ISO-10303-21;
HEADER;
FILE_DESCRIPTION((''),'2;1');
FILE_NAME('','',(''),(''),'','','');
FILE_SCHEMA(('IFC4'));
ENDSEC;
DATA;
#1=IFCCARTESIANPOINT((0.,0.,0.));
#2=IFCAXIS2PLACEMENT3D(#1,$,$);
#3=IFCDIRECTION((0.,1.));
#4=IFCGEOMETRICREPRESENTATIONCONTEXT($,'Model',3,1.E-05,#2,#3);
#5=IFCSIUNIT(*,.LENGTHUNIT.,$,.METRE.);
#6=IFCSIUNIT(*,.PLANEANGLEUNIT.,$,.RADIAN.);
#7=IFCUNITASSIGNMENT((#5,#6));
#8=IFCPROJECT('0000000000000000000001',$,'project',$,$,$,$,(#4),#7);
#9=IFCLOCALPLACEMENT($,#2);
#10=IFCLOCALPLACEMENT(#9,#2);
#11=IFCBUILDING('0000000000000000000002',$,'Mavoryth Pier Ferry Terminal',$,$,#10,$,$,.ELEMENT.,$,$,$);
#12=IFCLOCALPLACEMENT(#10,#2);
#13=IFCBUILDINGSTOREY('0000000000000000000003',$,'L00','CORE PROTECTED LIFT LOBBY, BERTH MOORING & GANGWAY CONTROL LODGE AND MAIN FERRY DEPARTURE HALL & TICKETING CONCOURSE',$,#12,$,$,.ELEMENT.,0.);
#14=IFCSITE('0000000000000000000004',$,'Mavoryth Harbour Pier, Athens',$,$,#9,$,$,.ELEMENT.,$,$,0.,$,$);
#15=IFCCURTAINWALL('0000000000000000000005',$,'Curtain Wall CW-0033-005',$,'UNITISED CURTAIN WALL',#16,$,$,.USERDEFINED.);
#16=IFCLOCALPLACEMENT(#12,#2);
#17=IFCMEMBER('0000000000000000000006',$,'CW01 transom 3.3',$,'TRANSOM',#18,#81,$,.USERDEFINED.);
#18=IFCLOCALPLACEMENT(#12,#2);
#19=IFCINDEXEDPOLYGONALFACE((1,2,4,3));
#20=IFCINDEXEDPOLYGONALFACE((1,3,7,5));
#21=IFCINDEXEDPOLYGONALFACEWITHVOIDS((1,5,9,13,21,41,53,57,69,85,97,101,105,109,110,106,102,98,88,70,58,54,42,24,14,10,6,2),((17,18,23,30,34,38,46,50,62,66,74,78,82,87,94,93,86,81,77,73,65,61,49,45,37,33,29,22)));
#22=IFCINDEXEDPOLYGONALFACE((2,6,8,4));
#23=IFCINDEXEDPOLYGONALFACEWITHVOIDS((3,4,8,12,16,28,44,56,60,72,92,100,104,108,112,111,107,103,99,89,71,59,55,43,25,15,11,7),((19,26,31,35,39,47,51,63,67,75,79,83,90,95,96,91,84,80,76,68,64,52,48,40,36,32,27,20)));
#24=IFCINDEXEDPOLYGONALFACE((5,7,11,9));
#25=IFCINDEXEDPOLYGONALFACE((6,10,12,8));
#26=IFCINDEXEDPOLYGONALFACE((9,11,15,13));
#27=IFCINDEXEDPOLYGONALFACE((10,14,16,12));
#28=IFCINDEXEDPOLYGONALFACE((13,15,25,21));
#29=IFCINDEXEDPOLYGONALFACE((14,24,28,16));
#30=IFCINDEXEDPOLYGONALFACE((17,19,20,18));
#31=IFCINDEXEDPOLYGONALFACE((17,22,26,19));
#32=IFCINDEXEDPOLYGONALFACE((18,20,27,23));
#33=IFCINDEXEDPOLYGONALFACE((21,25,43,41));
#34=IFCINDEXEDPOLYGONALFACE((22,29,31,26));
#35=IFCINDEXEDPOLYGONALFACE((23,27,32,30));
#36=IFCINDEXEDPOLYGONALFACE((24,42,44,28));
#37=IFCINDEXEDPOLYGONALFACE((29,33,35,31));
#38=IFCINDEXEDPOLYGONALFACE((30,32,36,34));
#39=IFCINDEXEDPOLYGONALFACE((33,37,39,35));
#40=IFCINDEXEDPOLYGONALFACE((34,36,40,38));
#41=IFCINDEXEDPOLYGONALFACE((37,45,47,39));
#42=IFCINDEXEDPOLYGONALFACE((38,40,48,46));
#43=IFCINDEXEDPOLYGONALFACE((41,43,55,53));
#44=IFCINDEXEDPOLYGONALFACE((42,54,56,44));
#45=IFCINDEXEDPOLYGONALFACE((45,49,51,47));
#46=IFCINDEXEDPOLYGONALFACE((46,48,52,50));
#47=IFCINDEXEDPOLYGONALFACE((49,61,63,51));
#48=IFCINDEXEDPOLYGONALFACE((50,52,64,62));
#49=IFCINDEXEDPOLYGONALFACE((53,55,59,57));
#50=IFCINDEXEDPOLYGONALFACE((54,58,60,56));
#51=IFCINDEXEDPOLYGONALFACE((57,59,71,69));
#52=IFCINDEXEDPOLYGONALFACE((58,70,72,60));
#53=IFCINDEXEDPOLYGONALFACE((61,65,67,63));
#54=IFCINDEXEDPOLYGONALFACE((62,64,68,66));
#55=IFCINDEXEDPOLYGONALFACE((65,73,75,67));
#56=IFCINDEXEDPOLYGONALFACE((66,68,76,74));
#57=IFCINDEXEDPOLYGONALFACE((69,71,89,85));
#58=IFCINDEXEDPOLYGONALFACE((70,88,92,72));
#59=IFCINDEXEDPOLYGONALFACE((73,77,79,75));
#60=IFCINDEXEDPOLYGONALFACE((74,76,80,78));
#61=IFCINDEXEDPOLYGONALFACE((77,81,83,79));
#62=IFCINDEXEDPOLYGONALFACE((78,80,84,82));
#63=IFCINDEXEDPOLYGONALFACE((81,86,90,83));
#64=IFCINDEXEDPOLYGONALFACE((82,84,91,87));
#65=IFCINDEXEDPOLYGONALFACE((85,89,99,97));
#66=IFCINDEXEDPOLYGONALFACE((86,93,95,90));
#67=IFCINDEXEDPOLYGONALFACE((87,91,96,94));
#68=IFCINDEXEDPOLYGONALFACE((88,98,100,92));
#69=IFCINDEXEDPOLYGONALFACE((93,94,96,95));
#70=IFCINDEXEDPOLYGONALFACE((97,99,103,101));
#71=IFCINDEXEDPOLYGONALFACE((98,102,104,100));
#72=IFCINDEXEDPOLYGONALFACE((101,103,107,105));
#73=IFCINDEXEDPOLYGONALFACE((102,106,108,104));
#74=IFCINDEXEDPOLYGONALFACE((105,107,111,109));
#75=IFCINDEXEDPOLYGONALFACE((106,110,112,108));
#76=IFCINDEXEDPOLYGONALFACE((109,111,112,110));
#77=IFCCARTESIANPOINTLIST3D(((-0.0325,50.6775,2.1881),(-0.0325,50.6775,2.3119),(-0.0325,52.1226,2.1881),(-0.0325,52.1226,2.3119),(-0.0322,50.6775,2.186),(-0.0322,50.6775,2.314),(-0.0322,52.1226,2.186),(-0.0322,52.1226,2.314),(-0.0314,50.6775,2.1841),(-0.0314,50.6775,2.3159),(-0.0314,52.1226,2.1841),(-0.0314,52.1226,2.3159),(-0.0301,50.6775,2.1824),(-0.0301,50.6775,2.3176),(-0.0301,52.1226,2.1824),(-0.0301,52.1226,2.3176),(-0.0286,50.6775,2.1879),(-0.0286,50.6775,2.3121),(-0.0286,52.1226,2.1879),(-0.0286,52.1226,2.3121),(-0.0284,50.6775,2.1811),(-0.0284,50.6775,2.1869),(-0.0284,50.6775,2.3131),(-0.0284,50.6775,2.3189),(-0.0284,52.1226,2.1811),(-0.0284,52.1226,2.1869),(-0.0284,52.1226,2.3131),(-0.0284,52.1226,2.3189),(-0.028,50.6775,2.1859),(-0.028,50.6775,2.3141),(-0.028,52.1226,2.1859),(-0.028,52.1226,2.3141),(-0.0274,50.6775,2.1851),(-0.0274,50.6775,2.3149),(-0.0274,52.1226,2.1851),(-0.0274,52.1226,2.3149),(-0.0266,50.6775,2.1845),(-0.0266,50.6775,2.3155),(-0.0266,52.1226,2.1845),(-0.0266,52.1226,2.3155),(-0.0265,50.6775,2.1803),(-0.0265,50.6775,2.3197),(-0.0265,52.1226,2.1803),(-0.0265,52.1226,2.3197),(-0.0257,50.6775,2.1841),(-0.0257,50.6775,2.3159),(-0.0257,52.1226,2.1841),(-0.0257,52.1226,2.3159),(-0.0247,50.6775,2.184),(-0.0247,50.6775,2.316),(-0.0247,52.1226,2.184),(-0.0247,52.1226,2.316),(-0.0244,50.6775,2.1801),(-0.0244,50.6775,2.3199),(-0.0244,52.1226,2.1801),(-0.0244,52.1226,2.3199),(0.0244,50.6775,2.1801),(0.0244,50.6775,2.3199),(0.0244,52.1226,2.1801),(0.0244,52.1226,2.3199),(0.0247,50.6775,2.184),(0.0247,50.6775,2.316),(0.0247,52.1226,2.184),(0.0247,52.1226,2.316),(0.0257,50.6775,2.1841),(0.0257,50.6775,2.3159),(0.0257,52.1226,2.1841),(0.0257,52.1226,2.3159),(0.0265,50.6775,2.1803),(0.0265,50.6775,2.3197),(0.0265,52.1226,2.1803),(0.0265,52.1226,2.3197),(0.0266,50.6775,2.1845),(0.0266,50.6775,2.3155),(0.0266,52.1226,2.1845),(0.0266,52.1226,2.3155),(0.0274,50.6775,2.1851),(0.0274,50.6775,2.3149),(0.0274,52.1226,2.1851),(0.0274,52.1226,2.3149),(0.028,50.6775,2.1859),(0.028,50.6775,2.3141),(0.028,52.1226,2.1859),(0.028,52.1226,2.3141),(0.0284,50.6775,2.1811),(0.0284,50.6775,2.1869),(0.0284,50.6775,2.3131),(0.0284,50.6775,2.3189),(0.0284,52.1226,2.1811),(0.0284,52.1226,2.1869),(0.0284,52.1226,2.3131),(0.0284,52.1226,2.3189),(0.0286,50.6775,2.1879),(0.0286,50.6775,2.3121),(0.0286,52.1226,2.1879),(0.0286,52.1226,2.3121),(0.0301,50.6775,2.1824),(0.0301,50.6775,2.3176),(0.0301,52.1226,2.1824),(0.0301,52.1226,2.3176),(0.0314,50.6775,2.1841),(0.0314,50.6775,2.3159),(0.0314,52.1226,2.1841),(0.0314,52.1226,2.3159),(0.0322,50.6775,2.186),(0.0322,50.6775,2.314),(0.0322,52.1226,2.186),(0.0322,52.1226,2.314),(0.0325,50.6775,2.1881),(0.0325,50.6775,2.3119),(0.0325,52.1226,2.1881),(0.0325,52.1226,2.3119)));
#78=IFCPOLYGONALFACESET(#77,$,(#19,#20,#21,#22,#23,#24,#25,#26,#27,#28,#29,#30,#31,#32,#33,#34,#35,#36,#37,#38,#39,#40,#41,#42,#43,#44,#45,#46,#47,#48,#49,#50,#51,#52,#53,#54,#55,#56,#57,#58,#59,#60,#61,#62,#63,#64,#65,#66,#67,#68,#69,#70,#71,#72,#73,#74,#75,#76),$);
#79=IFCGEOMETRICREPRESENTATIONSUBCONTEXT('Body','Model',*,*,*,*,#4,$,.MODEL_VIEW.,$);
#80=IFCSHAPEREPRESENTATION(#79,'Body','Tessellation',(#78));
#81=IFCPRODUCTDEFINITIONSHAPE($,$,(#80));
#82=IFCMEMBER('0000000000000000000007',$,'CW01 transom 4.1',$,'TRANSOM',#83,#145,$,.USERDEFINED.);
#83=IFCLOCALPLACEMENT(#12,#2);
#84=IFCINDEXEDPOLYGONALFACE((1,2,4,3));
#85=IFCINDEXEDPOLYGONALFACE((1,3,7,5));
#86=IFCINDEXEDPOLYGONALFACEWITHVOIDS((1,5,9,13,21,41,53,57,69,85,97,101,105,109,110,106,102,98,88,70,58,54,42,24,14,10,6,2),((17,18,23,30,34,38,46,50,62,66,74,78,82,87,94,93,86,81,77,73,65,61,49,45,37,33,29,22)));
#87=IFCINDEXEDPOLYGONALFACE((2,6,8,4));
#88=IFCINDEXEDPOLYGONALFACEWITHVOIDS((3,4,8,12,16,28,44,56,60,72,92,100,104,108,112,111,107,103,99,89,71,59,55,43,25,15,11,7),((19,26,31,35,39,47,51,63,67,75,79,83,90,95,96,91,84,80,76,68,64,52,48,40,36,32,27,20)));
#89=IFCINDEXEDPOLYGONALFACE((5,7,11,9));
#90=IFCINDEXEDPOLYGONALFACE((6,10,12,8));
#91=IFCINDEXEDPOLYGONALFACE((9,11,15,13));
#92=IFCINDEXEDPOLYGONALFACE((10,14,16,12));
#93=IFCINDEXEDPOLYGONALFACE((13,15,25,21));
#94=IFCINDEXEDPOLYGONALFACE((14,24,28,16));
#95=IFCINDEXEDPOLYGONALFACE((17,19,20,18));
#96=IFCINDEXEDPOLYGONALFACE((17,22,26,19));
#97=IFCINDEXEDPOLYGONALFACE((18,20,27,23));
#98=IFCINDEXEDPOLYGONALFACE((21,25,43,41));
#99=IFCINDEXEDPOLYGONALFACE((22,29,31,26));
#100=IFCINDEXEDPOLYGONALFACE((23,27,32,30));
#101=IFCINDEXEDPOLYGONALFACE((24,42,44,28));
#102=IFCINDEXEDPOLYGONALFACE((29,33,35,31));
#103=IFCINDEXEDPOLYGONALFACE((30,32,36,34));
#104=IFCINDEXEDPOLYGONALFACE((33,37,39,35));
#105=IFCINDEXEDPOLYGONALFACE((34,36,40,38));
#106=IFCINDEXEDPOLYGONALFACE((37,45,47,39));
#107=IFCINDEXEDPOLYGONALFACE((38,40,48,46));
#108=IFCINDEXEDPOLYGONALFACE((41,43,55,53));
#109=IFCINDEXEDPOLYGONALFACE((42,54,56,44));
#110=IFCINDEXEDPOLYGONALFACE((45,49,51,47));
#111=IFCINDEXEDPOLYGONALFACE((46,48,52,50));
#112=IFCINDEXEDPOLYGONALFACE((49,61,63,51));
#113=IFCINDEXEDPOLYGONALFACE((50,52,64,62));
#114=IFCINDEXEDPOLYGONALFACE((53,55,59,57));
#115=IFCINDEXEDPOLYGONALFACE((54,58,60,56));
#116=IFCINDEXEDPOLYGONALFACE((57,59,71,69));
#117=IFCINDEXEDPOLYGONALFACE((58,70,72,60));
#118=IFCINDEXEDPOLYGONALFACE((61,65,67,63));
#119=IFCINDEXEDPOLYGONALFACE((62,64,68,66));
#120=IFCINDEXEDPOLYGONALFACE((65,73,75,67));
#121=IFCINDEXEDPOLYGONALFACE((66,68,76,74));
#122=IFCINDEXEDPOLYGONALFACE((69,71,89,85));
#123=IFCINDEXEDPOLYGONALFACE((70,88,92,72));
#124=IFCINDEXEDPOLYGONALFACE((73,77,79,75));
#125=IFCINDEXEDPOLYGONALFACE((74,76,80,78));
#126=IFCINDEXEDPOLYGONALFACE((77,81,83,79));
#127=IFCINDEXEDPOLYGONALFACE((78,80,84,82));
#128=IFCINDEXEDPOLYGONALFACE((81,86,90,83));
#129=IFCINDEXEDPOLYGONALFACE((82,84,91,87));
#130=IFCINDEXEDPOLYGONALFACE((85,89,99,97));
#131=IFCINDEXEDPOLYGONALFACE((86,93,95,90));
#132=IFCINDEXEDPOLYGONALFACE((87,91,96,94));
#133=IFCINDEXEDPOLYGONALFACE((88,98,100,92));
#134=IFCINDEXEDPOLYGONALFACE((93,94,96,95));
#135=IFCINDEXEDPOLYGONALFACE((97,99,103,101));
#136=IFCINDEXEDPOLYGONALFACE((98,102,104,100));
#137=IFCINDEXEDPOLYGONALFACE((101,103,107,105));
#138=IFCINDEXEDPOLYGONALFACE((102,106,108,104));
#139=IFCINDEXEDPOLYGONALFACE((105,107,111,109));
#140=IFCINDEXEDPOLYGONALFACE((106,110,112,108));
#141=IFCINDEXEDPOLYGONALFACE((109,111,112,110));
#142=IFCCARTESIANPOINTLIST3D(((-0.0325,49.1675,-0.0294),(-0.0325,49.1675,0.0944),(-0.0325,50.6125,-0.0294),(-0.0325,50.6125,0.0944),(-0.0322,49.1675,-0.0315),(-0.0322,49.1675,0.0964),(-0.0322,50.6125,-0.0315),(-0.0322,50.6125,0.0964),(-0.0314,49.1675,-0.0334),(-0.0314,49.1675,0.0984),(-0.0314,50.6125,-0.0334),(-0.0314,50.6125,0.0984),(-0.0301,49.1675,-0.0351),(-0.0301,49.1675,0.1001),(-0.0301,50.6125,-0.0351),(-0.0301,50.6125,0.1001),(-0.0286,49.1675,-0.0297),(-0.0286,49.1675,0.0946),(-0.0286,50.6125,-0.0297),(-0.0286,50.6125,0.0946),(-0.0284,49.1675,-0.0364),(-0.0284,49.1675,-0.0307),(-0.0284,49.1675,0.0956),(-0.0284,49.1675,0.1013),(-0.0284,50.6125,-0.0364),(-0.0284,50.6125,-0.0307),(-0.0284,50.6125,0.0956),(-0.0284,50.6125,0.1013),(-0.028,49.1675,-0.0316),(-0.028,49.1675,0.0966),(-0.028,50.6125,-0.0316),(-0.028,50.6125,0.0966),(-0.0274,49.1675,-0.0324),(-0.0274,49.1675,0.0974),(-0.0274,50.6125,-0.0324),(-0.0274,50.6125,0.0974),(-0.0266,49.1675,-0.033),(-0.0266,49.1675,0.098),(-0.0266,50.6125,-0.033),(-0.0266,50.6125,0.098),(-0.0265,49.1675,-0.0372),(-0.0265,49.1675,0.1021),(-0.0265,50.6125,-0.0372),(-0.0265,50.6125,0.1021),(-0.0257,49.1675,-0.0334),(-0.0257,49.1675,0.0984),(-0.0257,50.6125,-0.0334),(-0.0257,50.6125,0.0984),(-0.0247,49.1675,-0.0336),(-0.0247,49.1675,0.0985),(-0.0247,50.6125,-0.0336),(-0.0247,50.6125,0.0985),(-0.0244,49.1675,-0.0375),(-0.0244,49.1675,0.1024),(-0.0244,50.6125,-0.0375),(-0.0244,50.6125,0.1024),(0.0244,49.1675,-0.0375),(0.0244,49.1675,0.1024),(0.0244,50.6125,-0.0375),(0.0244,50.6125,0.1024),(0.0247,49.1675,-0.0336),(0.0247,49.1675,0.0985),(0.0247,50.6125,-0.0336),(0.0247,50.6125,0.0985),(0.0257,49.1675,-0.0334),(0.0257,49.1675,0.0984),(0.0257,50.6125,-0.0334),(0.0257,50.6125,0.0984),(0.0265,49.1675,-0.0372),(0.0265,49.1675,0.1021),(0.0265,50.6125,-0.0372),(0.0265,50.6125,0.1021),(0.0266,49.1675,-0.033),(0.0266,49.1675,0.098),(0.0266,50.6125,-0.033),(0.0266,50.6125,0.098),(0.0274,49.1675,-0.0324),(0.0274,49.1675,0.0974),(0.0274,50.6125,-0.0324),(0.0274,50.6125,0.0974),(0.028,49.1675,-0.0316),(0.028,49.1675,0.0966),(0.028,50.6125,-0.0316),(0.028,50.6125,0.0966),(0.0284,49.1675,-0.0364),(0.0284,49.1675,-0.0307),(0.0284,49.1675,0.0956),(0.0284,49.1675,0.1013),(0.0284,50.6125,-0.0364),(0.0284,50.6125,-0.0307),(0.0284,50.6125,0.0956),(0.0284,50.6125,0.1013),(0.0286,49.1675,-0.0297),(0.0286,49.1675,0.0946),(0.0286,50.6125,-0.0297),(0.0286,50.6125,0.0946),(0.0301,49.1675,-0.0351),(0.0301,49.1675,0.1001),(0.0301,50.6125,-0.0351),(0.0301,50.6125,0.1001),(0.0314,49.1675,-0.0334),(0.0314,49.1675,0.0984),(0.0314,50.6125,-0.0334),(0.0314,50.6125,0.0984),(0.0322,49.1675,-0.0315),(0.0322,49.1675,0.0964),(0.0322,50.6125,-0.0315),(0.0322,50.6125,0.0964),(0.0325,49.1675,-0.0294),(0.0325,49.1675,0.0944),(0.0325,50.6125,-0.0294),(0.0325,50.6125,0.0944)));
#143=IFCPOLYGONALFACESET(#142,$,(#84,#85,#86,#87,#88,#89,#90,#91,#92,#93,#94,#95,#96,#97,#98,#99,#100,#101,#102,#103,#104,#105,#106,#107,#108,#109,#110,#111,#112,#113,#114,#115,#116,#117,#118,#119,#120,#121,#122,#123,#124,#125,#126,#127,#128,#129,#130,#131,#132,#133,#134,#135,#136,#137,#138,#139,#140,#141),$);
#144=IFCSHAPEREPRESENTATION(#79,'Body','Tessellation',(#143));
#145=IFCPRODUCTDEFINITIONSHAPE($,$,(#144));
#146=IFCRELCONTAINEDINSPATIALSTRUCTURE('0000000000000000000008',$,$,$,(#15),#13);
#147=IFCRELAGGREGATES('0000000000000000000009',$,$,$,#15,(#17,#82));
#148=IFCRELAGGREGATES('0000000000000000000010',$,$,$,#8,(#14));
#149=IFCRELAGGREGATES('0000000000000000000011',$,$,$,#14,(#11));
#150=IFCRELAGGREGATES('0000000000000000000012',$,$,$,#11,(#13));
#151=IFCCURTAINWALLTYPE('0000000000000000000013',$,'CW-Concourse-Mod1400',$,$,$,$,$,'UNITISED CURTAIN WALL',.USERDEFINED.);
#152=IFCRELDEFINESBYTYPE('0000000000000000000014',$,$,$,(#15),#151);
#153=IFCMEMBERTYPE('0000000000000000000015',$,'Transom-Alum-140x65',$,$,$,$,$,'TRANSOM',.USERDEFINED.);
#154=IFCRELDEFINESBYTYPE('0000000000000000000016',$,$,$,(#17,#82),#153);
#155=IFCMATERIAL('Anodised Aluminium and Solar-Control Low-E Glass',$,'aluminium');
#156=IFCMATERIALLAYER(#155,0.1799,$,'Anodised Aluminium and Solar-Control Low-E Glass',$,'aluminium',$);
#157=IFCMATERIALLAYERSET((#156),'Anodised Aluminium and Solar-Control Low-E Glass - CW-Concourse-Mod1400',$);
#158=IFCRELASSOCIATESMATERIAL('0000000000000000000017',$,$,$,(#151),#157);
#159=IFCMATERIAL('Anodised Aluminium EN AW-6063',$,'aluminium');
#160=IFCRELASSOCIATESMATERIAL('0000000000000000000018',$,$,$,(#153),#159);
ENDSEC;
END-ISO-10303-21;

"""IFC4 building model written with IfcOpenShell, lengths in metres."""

from ifc_helpers import new_model, si_unit, direction, frame, origin, origin_2d, place, context, subcontext, project, spatial, hollow_rectangle, extrude, material, layer, layer_set, material_profile, profile_set, type_object, element, aggregate, save


model = new_model("IFC4")

# Units and contexts
model_context = context("Model", 3, precision=1e-05, world=origin(), true_north=direction((0.0, 1.0)))
body_context = subcontext(model_context, "Body", "Model", "MODEL_VIEW")
ifc_project = project(units=[si_unit("LENGTHUNIT", "METRE"), si_unit("PLANEANGLEUNIT", "RADIAN")], contexts=[model_context])

# Site, building, storey
site_placement = place(None, origin())
site = spatial("IfcSite", under=ifc_project, at=site_placement, Name="Mavoryth Harbour Pier, Athens", CompositionType="ELEMENT", RefElevation=0.0)
building_placement = place(site_placement, origin())
building = spatial("IfcBuilding", under=site, at=building_placement, Name="Mavoryth Pier Ferry Terminal", CompositionType="ELEMENT")
storey_placement = place(building_placement, origin())
storey = spatial("IfcBuildingStorey", under=building, at=storey_placement, Name="L00", Description="CORE PROTECTED LIFT LOBBY, BERTH MOORING & GANGWAY CONTROL LODGE AND MAIN FERRY DEPARTURE HALL & TICKETING CONCOURSE", CompositionType="ELEMENT", Elevation=0.0)

# Curtain wall, members
ifc_material_1 = material(Name="Anodised Aluminium and Solar-Control Low-E Glass", Category="aluminium")
ifc_layer_1 = layer(ifc_material_1, 0.1799, Name="Anodised Aluminium and Solar-Control Low-E Glass", Category="aluminium")
ifc_layer_set_1 = layer_set([ifc_layer_1], Name="Anodised Aluminium and Solar-Control Low-E Glass - CW-Concourse-Mod1400")
curtain_wall_type = type_object("IfcCurtainWallType", Name="CW-Concourse-Mod1400", ElementType="UNITISED CURTAIN WALL", PredefinedType="USERDEFINED", material=ifc_layer_set_1)
curtain_wall_placement = place(storey_placement, origin())
curtain_wall = element("IfcCurtainWall", 1, at=curtain_wall_placement, inside=storey, type_object=curtain_wall_type, Name="Curtain Wall CW-0033-005", ObjectType="UNITISED CURTAIN WALL", PredefinedType="USERDEFINED")
ifc_material_2 = material(Name="Anodised Aluminium EN AW-6063", Category="aluminium")
ifc_material_profile_1 = material_profile(ifc_material_2, hollow_rectangle(XDim=0.0649, YDim=0.1399, WallThickness=0.0039, InnerFilletRadius=0.0039, OuterFilletRadius=0.0081, at=origin_2d()), Name="AL-TRAN 140x65x4", Category="aluminium")
ifc_profile_set_1 = profile_set([ifc_material_profile_1], Name="Anodised Aluminium EN AW-6063 - AL-TRAN 140x65x4")
member_type_1 = type_object("IfcMemberType", Name="Transom-Alum-140x65", ElementType="TRANSOM", PredefinedType="USERDEFINED", material=ifc_profile_set_1)
member_1_placement = place(storey_placement, frame((0.0, 52.1226, 2.25), z_axis=(0.0, -1.0, 0.0), x_axis=(1.0, 0.0, 0.0)))
member_1 = element("IfcMember", 2, at=member_1_placement, type_object=member_type_1, Name="CW01 transom 3.3", ObjectType="TRANSOM", PredefinedType="USERDEFINED", context=body_context, shape_type="SweptSolid", body=[
    extrude(hollow_rectangle(XDim=0.0649, YDim=0.1399, WallThickness=0.0039, InnerFilletRadius=0.0039, OuterFilletRadius=0.0081, at=origin_2d()), origin(), (0.0, 0.0, 1.0), 1.4451),
])
member_2_placement = place(storey_placement, frame((0.0, 50.6125, 0.0325), z_axis=(0.0, -1.0, 0.0), x_axis=(1.0, 0.0, 0.0)))
member_2 = element("IfcMember", 3, at=member_2_placement, type_object=member_type_1, Name="CW01 transom 4.1", ObjectType="TRANSOM", PredefinedType="USERDEFINED", context=body_context, shape_type="SweptSolid", body=[
    extrude(hollow_rectangle(XDim=0.0649, YDim=0.1399, WallThickness=0.0039, InnerFilletRadius=0.0039, OuterFilletRadius=0.0081, at=origin_2d()), origin(), (0.0, 0.0, 1.0), 1.4451),
])
aggregate(curtain_wall, [member_1, member_2])

save(model, "model.ifc")
